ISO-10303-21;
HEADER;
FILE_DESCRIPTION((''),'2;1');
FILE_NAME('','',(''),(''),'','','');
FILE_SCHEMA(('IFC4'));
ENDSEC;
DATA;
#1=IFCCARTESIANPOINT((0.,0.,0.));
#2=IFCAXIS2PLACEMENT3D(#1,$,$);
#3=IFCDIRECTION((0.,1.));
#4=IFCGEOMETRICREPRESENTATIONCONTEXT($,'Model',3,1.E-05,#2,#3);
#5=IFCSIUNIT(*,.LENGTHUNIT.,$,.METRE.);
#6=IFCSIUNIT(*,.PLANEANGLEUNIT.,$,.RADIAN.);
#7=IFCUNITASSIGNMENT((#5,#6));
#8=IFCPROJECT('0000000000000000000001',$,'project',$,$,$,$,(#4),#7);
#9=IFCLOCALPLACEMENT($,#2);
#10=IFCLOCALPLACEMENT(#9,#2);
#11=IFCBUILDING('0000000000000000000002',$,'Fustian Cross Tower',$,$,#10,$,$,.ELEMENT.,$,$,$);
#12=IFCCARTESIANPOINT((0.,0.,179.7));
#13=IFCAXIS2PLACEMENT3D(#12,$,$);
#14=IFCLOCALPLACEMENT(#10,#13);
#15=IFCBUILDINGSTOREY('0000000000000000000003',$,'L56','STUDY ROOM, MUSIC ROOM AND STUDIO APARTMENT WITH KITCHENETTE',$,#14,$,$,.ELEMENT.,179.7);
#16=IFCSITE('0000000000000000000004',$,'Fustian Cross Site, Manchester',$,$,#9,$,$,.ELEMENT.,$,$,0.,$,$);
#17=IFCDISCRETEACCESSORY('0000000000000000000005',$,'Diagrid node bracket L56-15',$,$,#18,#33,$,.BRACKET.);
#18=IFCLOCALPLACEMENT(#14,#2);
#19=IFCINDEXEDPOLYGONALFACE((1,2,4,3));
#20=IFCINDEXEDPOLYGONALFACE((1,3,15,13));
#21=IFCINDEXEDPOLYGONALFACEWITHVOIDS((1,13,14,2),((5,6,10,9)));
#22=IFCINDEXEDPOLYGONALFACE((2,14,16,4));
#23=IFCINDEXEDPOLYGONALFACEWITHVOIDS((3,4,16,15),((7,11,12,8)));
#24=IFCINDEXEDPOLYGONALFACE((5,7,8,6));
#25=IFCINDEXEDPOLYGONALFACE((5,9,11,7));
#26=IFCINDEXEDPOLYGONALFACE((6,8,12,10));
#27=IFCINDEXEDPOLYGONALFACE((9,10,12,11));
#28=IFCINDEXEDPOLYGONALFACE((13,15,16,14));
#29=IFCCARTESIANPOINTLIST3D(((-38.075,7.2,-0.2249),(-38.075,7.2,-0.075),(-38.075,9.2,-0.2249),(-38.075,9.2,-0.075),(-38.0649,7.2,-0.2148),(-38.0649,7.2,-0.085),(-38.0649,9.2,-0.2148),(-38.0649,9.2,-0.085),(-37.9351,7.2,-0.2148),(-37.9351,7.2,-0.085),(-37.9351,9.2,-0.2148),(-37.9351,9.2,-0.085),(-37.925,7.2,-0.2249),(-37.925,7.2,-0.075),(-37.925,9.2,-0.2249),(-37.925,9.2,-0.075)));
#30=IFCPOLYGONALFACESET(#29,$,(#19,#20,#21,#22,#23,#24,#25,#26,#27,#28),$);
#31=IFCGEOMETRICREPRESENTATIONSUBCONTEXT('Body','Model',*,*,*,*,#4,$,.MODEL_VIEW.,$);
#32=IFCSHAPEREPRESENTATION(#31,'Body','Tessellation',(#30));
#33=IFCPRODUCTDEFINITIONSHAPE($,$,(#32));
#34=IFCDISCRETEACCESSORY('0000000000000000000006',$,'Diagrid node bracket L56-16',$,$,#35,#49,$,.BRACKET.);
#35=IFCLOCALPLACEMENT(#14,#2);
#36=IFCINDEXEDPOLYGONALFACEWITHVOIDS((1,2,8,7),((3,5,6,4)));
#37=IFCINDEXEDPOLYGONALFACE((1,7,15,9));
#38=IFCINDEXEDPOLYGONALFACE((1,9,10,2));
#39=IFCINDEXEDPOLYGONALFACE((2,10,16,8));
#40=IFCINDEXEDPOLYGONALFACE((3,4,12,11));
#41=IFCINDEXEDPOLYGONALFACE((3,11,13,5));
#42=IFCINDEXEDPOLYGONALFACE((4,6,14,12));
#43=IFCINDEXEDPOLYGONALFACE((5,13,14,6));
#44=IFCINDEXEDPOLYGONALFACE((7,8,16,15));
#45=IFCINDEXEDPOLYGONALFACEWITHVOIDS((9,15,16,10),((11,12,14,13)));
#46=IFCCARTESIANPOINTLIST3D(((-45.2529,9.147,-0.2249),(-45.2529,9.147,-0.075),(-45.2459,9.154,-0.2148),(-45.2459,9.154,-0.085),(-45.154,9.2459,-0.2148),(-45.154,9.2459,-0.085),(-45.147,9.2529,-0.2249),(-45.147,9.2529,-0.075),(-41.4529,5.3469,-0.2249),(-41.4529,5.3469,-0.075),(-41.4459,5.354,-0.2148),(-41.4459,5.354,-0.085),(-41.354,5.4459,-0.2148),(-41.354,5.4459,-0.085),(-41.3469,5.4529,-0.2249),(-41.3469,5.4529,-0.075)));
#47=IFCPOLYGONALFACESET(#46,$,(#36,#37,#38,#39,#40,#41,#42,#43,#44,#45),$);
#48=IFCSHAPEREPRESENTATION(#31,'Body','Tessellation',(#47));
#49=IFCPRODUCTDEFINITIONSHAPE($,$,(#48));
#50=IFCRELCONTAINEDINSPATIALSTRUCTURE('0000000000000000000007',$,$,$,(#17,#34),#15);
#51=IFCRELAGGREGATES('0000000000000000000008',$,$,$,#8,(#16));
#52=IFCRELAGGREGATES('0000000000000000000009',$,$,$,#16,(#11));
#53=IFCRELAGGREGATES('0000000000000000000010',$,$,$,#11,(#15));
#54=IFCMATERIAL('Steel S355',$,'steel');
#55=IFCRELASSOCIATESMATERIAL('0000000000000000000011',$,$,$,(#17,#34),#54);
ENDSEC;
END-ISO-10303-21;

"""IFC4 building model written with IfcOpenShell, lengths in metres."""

from ifc_helpers import new_model, si_unit, direction, frame, origin, origin_2d, place, context, subcontext, project, spatial, hollow_rectangle, extrude, material, element, save


model = new_model("IFC4")

# Units and contexts
model_context = context("Model", 3, precision=1e-05, world=origin(), true_north=direction((0.0, 1.0)))
body_context = subcontext(model_context, "Body", "Model", "MODEL_VIEW")
ifc_project = project(units=[si_unit("LENGTHUNIT", "METRE"), si_unit("PLANEANGLEUNIT", "RADIAN")], contexts=[model_context])

# Site, building, storey
site_placement = place(None, origin())
site = spatial("IfcSite", under=ifc_project, at=site_placement, Name="Fustian Cross Site, Manchester", CompositionType="ELEMENT", RefElevation=0.0)
building_placement = place(site_placement, origin())
building = spatial("IfcBuilding", under=site, at=building_placement, Name="Fustian Cross Tower", CompositionType="ELEMENT")
storey_placement = place(building_placement, frame((0.0, 0.0, 179.7)))
storey = spatial("IfcBuildingStorey", under=building, at=storey_placement, Name="L56", Description="STUDY ROOM, MUSIC ROOM AND STUDIO APARTMENT WITH KITCHENETTE", CompositionType="ELEMENT", Elevation=179.7)

# Discrete accessories
ifc_material_1 = material(Name="Steel S355", Category="steel")
discrete_accessory_1_placement = place(storey_placement, frame((-38.0, 9.2, -0.1499), z_axis=(0.0, -1.0, 0.0), x_axis=(1.0, 0.0, 0.0)))
element("IfcDiscreteAccessory", 1, at=discrete_accessory_1_placement, inside=storey, material=ifc_material_1, Name="Diagrid node bracket L56-15", PredefinedType="BRACKET", context=body_context, shape_type="SweptSolid", body=[
    extrude(hollow_rectangle(XDim=0.1499, YDim=0.1499, WallThickness=0.01, at=origin_2d()), origin(), (0.0, 0.0, 1.0), 2.0),
])
discrete_accessory_2_placement = place(storey_placement, frame((-45.2, 9.2, -0.1499), z_axis=(0.707107, -0.707107, 0.0), x_axis=(0.707107, 0.707107, 0.0)))
element("IfcDiscreteAccessory", 2, at=discrete_accessory_2_placement, inside=storey, material=ifc_material_1, Name="Diagrid node bracket L56-16", PredefinedType="BRACKET", context=body_context, shape_type="SweptSolid", body=[
    extrude(hollow_rectangle(XDim=0.1499, YDim=0.1499, WallThickness=0.01, at=origin_2d()), origin(), (0.0, 0.0, 1.0), 5.374),
])

save(model, "model.ifc")
